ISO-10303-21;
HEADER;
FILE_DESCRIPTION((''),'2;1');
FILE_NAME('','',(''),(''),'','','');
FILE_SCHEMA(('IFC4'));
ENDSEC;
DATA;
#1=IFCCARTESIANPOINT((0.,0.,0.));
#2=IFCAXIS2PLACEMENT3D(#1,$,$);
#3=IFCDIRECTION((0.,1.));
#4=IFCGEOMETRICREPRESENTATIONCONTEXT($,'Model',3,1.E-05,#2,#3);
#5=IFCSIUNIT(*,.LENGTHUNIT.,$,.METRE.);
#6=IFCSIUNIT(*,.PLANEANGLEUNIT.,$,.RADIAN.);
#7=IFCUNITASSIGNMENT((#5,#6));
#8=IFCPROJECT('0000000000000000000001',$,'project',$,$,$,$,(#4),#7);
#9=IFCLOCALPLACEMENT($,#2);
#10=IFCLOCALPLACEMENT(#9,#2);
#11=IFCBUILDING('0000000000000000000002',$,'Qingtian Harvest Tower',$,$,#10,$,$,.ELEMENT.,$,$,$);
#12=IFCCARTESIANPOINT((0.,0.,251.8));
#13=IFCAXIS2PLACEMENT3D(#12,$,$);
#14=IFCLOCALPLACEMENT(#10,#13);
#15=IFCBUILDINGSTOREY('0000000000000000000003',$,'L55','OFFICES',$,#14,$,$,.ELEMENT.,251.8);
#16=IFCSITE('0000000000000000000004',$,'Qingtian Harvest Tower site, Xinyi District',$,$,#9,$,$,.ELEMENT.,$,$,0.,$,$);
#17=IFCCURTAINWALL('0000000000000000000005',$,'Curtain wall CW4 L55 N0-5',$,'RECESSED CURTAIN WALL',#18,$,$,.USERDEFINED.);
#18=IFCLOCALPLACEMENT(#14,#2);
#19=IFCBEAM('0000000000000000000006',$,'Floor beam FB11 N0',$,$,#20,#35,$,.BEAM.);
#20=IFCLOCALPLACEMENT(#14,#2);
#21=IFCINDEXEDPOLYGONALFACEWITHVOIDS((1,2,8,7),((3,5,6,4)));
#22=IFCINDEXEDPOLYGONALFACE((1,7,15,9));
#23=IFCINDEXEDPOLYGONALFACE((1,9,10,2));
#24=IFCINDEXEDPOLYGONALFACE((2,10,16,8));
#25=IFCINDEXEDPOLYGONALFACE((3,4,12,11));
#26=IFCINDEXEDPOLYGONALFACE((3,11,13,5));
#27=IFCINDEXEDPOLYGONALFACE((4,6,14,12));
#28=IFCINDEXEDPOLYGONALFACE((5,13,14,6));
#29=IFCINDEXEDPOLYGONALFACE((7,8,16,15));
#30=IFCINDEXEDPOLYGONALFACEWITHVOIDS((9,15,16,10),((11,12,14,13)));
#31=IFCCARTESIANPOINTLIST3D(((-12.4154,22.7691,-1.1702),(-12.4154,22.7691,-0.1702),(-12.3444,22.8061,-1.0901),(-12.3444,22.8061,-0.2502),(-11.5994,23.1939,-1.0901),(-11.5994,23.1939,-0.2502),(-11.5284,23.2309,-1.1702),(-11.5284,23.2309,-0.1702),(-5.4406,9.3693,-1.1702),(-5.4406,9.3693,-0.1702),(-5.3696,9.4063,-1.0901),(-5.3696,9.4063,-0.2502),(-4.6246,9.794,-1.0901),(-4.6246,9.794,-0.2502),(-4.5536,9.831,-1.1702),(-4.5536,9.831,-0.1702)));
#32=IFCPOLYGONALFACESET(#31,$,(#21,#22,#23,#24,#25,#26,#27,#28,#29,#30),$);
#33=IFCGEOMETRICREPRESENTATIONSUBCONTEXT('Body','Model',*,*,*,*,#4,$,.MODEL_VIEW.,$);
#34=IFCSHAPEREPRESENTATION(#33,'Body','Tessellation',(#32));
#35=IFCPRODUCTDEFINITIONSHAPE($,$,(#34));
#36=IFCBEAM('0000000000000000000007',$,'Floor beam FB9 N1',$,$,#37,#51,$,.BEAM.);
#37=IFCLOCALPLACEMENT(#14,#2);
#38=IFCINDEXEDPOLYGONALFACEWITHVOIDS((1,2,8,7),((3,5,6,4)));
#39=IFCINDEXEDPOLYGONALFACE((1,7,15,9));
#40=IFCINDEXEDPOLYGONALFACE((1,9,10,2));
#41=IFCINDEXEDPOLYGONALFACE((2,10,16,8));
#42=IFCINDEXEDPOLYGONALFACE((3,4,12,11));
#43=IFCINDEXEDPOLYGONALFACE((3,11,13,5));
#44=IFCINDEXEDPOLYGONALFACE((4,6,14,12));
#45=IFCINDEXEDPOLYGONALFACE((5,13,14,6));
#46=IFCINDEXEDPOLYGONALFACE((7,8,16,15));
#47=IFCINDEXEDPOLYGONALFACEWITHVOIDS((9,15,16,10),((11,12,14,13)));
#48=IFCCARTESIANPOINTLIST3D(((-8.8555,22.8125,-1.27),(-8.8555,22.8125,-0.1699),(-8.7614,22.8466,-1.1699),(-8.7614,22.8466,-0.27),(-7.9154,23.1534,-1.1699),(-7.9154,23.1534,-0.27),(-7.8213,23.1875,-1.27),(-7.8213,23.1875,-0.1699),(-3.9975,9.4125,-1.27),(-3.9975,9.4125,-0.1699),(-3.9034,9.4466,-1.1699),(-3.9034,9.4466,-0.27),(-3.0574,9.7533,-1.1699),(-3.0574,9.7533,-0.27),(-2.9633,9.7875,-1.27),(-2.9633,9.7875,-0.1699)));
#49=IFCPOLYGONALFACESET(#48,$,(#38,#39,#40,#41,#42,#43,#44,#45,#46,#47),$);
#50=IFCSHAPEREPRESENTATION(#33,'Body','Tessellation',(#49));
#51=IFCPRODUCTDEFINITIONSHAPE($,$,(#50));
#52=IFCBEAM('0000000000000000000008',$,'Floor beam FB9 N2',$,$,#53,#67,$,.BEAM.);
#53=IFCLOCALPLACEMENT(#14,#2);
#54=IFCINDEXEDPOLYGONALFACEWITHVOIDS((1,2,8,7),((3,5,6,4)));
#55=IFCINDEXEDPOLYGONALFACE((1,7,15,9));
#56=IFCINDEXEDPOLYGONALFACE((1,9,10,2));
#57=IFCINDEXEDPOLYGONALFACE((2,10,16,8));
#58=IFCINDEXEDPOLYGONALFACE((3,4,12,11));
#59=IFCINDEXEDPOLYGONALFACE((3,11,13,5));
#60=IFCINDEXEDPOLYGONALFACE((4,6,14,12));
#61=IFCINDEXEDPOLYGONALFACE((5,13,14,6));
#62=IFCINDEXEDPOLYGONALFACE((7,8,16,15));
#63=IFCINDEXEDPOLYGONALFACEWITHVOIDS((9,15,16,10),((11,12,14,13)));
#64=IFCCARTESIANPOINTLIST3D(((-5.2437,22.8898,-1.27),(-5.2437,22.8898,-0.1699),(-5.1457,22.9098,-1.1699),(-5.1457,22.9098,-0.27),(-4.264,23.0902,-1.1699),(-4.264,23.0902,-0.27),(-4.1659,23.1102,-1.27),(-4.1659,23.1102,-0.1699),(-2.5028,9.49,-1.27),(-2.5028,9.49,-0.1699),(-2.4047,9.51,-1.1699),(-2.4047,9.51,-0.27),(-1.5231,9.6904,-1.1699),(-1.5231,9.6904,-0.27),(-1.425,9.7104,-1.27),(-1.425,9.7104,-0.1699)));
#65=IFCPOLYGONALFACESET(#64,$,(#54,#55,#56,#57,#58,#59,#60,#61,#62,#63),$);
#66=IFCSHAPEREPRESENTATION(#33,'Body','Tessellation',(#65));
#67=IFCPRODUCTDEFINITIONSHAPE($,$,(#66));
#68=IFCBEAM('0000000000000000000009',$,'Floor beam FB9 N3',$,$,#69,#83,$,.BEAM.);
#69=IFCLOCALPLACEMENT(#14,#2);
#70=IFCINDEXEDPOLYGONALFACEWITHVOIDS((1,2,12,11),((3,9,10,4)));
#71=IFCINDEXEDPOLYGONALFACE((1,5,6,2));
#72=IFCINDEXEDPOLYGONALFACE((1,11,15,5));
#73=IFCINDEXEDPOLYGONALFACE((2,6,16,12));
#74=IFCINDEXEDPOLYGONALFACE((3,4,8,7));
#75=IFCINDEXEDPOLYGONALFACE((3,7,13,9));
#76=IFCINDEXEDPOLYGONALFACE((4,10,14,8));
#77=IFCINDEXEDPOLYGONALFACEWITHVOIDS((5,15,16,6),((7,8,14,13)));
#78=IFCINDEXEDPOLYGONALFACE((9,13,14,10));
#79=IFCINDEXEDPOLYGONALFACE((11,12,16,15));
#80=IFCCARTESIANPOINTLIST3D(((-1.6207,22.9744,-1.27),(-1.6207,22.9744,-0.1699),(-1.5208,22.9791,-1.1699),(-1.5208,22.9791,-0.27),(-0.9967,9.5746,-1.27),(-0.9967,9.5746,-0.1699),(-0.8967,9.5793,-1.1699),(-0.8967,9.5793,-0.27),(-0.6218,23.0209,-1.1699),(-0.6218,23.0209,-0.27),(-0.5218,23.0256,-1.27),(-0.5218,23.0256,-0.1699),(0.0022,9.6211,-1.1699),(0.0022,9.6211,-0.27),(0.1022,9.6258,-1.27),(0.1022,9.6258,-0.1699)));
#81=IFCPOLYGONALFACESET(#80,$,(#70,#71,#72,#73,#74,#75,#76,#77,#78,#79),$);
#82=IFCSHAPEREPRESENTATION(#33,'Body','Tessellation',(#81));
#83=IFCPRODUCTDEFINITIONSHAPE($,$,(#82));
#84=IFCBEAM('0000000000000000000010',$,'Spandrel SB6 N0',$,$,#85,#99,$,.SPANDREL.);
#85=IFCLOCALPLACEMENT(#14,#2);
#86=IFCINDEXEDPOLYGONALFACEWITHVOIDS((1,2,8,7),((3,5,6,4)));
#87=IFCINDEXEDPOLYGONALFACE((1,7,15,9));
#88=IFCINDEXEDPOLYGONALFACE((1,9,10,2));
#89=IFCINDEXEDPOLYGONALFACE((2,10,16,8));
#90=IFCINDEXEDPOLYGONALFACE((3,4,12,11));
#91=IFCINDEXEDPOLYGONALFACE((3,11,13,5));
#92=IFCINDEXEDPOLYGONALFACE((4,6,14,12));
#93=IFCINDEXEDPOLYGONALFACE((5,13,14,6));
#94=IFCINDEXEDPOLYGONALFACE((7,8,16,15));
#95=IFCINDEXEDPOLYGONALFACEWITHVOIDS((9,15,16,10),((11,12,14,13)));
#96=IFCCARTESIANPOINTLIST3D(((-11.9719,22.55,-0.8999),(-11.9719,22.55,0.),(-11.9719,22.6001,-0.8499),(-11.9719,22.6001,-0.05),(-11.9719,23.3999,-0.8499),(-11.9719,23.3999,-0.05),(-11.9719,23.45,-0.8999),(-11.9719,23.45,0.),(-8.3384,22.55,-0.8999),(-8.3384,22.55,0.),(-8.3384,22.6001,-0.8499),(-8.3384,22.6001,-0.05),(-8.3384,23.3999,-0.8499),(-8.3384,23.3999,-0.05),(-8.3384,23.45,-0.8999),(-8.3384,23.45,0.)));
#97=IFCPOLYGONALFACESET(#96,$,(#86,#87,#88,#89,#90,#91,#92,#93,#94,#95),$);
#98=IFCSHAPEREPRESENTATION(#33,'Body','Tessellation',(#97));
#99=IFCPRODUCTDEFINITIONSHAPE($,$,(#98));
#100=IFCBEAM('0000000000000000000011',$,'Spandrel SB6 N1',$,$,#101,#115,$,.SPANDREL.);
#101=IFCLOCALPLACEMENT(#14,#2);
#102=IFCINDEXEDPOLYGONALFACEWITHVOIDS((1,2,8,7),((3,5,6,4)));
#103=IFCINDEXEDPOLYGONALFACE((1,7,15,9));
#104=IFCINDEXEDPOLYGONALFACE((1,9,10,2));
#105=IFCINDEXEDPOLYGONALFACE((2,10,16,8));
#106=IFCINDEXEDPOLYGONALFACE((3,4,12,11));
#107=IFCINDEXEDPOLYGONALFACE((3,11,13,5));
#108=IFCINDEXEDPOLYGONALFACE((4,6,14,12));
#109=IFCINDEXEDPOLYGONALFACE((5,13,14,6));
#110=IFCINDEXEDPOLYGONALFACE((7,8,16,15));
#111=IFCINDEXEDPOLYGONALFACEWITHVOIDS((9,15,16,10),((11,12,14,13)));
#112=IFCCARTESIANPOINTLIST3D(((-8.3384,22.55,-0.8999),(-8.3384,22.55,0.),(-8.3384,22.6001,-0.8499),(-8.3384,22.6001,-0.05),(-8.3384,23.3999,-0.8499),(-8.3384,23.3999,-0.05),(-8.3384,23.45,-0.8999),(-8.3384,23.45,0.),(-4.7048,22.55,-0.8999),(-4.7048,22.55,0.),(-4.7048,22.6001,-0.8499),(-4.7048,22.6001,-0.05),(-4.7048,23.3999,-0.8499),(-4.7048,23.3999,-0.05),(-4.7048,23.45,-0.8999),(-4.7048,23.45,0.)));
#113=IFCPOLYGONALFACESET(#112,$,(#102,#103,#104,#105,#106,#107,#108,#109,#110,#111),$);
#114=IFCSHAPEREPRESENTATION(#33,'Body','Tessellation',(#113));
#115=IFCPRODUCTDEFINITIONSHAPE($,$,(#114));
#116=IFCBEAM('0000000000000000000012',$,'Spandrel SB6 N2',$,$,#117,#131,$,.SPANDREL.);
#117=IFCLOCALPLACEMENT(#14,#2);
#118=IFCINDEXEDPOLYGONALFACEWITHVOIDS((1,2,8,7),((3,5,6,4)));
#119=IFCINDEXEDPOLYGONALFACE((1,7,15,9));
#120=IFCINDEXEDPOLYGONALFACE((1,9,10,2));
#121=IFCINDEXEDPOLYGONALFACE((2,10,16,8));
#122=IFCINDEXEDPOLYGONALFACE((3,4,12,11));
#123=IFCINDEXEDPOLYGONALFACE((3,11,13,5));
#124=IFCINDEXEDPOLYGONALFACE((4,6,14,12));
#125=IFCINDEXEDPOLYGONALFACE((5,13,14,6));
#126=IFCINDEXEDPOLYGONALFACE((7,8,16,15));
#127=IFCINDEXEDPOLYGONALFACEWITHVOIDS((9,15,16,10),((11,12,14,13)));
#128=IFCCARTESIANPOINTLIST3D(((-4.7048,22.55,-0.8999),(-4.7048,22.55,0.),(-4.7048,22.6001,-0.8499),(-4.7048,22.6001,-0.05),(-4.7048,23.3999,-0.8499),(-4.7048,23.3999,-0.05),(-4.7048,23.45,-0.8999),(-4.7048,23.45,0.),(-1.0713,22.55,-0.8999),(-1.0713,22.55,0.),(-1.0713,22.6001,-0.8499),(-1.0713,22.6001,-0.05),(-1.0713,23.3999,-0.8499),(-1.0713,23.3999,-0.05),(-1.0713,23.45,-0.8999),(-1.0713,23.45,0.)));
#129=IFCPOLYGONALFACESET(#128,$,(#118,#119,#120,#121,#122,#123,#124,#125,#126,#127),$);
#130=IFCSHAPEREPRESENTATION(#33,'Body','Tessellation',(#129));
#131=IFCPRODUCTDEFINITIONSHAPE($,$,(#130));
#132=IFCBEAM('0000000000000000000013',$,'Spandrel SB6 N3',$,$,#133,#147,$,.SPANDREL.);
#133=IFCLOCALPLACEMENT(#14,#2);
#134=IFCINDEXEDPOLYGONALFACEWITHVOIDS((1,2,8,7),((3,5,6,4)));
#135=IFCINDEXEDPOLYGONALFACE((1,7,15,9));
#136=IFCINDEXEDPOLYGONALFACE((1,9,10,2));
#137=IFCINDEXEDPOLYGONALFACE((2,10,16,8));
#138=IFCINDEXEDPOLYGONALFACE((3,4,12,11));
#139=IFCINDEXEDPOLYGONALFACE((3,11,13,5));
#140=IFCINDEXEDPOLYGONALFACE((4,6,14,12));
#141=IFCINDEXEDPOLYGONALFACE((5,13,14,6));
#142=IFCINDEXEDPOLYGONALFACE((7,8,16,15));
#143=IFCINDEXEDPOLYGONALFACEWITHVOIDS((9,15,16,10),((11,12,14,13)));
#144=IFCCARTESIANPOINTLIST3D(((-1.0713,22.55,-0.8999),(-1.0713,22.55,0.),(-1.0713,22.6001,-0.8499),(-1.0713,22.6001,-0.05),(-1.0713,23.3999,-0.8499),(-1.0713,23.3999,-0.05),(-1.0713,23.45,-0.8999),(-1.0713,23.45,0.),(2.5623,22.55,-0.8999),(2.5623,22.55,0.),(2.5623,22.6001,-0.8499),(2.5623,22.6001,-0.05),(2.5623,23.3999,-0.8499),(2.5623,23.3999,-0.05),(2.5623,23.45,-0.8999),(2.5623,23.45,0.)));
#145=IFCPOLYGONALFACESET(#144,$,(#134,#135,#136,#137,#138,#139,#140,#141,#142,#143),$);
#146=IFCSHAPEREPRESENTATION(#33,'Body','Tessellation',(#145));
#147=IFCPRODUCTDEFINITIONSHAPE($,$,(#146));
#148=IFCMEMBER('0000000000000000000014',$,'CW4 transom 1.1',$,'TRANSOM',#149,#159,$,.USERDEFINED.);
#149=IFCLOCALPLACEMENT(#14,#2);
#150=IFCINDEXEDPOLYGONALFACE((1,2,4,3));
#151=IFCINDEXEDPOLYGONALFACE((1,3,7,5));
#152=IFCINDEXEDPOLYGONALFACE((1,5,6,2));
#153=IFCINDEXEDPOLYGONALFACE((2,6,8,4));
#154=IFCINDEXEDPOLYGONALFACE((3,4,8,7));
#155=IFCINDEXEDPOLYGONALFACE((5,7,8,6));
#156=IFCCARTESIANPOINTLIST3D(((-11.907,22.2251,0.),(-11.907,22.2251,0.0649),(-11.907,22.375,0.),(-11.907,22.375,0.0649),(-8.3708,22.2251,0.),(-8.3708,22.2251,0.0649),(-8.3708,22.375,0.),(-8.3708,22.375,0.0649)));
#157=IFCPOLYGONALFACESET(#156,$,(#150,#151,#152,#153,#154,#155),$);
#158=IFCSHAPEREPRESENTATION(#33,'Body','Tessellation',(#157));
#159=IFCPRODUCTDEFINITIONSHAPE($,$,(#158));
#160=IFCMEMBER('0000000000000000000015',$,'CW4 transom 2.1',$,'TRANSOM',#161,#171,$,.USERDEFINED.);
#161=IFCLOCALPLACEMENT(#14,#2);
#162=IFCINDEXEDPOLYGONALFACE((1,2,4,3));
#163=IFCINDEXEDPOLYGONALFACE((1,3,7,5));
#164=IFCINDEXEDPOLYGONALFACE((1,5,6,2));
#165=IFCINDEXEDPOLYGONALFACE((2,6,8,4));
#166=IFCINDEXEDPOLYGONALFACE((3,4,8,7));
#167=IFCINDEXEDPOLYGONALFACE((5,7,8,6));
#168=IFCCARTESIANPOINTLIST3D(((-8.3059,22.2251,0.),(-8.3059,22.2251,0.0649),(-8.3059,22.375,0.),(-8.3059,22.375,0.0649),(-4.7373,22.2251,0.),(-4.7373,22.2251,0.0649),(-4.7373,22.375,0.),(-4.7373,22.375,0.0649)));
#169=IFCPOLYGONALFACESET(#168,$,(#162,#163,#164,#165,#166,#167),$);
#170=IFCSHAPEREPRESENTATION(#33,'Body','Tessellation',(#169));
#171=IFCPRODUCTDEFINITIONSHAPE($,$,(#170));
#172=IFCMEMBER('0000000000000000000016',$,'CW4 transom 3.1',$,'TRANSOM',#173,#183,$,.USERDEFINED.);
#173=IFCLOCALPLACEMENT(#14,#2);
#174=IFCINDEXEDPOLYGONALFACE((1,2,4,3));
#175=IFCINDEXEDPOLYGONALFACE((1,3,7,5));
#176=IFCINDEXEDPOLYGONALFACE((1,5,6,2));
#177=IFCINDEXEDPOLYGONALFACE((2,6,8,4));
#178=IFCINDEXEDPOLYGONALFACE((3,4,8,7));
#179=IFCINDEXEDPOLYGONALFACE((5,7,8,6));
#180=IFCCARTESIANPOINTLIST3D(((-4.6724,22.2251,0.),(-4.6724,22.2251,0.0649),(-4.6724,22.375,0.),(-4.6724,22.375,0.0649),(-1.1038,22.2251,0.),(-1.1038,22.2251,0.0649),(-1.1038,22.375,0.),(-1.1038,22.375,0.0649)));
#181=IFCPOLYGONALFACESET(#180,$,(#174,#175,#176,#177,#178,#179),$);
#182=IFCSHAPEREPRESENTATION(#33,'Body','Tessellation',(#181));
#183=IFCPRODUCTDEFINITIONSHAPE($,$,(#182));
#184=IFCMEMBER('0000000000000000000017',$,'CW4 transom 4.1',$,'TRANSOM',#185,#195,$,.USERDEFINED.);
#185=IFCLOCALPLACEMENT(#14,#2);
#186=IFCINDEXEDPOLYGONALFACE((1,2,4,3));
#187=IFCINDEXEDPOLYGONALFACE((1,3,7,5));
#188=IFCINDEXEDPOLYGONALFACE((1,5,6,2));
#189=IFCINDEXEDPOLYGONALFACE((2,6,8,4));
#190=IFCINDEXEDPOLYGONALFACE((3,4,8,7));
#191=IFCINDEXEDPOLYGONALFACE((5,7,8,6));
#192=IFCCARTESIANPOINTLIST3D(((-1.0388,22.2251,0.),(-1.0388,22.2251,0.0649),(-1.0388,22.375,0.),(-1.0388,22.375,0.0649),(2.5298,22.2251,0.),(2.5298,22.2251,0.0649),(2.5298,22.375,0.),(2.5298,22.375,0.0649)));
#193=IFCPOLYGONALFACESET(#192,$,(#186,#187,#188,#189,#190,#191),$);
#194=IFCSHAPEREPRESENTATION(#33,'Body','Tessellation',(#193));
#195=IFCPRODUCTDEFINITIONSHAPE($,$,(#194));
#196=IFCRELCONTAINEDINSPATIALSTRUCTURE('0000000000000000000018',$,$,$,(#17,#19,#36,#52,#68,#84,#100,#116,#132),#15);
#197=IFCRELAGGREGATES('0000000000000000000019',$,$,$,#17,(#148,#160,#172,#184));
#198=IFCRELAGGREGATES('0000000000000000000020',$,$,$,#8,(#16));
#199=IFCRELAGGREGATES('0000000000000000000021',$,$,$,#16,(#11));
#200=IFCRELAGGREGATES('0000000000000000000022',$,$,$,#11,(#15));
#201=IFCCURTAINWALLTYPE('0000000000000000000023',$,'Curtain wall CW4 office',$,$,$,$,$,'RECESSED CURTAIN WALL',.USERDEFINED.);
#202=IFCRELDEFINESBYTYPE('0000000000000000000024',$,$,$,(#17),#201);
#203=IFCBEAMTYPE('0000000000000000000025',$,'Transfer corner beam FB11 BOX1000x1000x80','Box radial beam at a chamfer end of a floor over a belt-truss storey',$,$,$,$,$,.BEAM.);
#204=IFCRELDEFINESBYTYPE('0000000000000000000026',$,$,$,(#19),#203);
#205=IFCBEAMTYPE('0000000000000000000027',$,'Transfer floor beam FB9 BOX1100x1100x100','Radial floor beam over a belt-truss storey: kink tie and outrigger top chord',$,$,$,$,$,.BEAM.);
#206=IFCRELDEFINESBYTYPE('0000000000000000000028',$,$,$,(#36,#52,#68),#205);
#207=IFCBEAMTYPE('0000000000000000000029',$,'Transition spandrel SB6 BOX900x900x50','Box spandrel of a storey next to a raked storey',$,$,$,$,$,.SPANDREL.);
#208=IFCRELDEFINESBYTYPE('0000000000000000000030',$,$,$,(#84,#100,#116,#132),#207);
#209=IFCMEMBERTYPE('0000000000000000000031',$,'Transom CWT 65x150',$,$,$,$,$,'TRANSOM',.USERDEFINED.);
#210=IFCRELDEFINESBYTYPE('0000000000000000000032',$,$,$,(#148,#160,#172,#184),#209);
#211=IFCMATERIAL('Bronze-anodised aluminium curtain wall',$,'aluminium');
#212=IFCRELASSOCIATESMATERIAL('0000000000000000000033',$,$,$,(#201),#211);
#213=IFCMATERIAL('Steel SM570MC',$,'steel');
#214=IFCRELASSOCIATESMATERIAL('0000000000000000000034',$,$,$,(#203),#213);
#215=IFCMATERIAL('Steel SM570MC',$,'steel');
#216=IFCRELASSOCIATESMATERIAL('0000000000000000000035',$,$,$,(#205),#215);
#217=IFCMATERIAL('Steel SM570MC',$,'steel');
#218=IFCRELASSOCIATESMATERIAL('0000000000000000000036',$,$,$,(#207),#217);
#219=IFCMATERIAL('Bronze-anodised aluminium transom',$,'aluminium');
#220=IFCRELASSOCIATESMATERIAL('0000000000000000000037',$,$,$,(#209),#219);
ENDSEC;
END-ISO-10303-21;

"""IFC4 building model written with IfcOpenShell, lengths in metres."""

from ifc_helpers import new_model, si_unit, direction, frame, origin, origin_2d, place, context, subcontext, project, spatial, rectangle, hollow_rectangle, extrude, material, material_profile, profile_set, type_object, element, aggregate, save


model = new_model("IFC4")

# Units and contexts
model_context = context("Model", 3, precision=1e-05, world=origin(), true_north=direction((0.0, 1.0)))
body_context = subcontext(model_context, "Body", "Model", "MODEL_VIEW")
ifc_project = project(units=[si_unit("LENGTHUNIT", "METRE"), si_unit("PLANEANGLEUNIT", "RADIAN")], contexts=[model_context])

# Site, building, storey
site_placement = place(None, origin())
site = spatial("IfcSite", under=ifc_project, at=site_placement, Name="Qingtian Harvest Tower site, Xinyi District", CompositionType="ELEMENT", RefElevation=0.0)
building_placement = place(site_placement, origin())
building = spatial("IfcBuilding", under=site, at=building_placement, Name="Qingtian Harvest Tower", CompositionType="ELEMENT")
storey_placement = place(building_placement, frame((0.0, 0.0, 251.8)))
storey = spatial("IfcBuildingStorey", under=building, at=storey_placement, Name="L55", Description="OFFICES", CompositionType="ELEMENT", Elevation=251.8)

# Curtain wall
ifc_material_1 = material(Name="Bronze-anodised aluminium curtain wall", Category="aluminium")
curtain_wall_type = type_object("IfcCurtainWallType", Name="Curtain wall CW4 office", ElementType="RECESSED CURTAIN WALL", PredefinedType="USERDEFINED", material=ifc_material_1)
curtain_wall_1_placement = place(storey_placement, origin())
curtain_wall_1 = element("IfcCurtainWall", 1, at=curtain_wall_1_placement, inside=storey, type_object=curtain_wall_type, Name="Curtain wall CW4 L55 N0-5", ObjectType="RECESSED CURTAIN WALL", PredefinedType="USERDEFINED")

# Beams
ifc_material_2 = material(Name="Steel SM570MC", Category="steel")
ifc_material_profile_1 = material_profile(ifc_material_2, hollow_rectangle(XDim=1.0, YDim=1.0, WallThickness=0.0801, at=origin_2d()), Name="BOX1000x1000x80")
ifc_profile_set_1 = profile_set([ifc_material_profile_1], Name="Steel SM570MC")
beam_type_1 = type_object("IfcBeamType", Name="Transfer corner beam FB11 BOX1000x1000x80", Description="Box radial beam at a chamfer end of a floor over a belt-truss storey", PredefinedType="BEAM", material=ifc_profile_set_1)
beam_1_placement = place(storey_placement, frame((-11.9719, 23.0, -0.6702), z_axis=(0.461712, -0.88703, 0.0), x_axis=(0.88703, 0.461712, 0.0)))
element("IfcBeam", 2, at=beam_1_placement, inside=storey, type_object=beam_type_1, Name="Floor beam FB11 N0", PredefinedType="BEAM", context=body_context, shape_type="SweptSolid", body=[
    extrude(hollow_rectangle(XDim=1.0, YDim=1.0, WallThickness=0.0801, at=origin_2d()), origin(), (0.0, 0.0, 1.0), 15.1064),
])
ifc_material_3 = material(Name="Steel SM570MC", Category="steel")
ifc_material_profile_2 = material_profile(ifc_material_3, hollow_rectangle(XDim=1.1001, YDim=1.1001, WallThickness=0.1001, at=origin_2d()), Name="BOX1100x1100x100")
ifc_profile_set_2 = profile_set([ifc_material_profile_2], Name="Steel SM570MC")
beam_type_2 = type_object("IfcBeamType", Name="Transfer floor beam FB9 BOX1100x1100x100", Description="Radial floor beam over a belt-truss storey: kink tie and outrigger top chord", PredefinedType="BEAM", material=ifc_profile_set_2)
beam_2_placement = place(storey_placement, frame((-8.3384, 23.0, -0.72), z_axis=(0.340827, -0.940126, 0.0), x_axis=(0.940126, 0.340827, 0.0)))
element("IfcBeam", 3, at=beam_2_placement, inside=storey, type_object=beam_type_2, Name="Floor beam FB9 N1", PredefinedType="BEAM", context=body_context, shape_type="SweptSolid", body=[
    extrude(hollow_rectangle(XDim=1.1001, YDim=1.1001, WallThickness=0.1001, at=origin_2d()), origin(), (0.0, 0.0, 1.0), 14.2534),
])
beam_3_placement = place(storey_placement, frame((-4.7048, 23.0, -0.72), z_axis=(0.200402, -0.979714, 0.0), x_axis=(0.979714, 0.200402, 0.0)))
element("IfcBeam", 4, at=beam_3_placement, inside=storey, type_object=beam_type_2, Name="Floor beam FB9 N2", PredefinedType="BEAM", context=body_context, shape_type="SweptSolid", body=[
    extrude(hollow_rectangle(XDim=1.1001, YDim=1.1001, WallThickness=0.1001, at=origin_2d()), origin(), (0.0, 0.0, 1.0), 13.6772),
])
beam_4_placement = place(storey_placement, frame((-1.0713, 23.0, -0.72), z_axis=(0.046519, -0.998917, 0.0), x_axis=(0.998917, 0.046519, 0.0)))
element("IfcBeam", 5, at=beam_4_placement, inside=storey, type_object=beam_type_2, Name="Floor beam FB9 N3", PredefinedType="BEAM", context=body_context, shape_type="SweptSolid", body=[
    extrude(hollow_rectangle(XDim=1.1001, YDim=1.1001, WallThickness=0.1001, at=origin_2d()), origin(), (0.0, 0.0, 1.0), 13.4143),
])
ifc_material_4 = material(Name="Steel SM570MC", Category="steel")
ifc_material_profile_3 = material_profile(ifc_material_4, hollow_rectangle(XDim=0.8999, YDim=0.8999, WallThickness=0.05, at=origin_2d()), Name="BOX900x900x50")
ifc_profile_set_3 = profile_set([ifc_material_profile_3], Name="Steel SM570MC")
beam_type_3 = type_object("IfcBeamType", Name="Transition spandrel SB6 BOX900x900x50", Description="Box spandrel of a storey next to a raked storey", PredefinedType="SPANDREL", material=ifc_profile_set_3)
for number, where, z_axis, x_axis, name in (
    (6, (-11.9719, 23.0, -0.45), (1.0, 0.0, 0.0), (0.0, 1.0, 0.0), "Spandrel SB6 N0"),
    (7, (-8.3384, 23.0, -0.45), (1.0, 0.0, 0.0), (0.0, 1.0, 0.0), "Spandrel SB6 N1"),
    (8, (-4.7048, 23.0, -0.45), (1.0, 0.0, 0.0), (0.0, 1.0, 0.0), "Spandrel SB6 N2"),
    (9, (-1.0713, 23.0, -0.45), (1.0, 0.0, 0.0), (0.0, 1.0, 0.0), "Spandrel SB6 N3"),
):
    element("IfcBeam", number, at=place(storey_placement, frame(where, z_axis=z_axis, x_axis=x_axis)), inside=storey, type_object=beam_type_3, Name=name, PredefinedType="SPANDREL", context=body_context, shape_type="SweptSolid", body=[
        extrude(hollow_rectangle(XDim=0.8999, YDim=0.8999, WallThickness=0.05, at=origin_2d()), origin(), (0.0, 0.0, 1.0), 3.6335),
    ])

# Members
ifc_material_5 = material(Name="Bronze-anodised aluminium transom", Category="aluminium")
ifc_material_profile_4 = material_profile(ifc_material_5, rectangle(XDim=0.1499, YDim=0.0649, at=origin_2d()), Name="AL 65x150")
ifc_profile_set_4 = profile_set([ifc_material_profile_4], Name="Bronze-anodised aluminium transom")
member_type_1 = type_object("IfcMemberType", Name="Transom CWT 65x150", ElementType="TRANSOM", PredefinedType="USERDEFINED", material=ifc_profile_set_4)
member_1_placement = place(storey_placement, frame((-11.907, 22.3, 0.0325), z_axis=(1.0, 0.0, 0.0), x_axis=(0.0, 1.0, 0.0)))
member_1 = element("IfcMember", 10, at=member_1_placement, type_object=member_type_1, Name="CW4 transom 1.1", ObjectType="TRANSOM", PredefinedType="USERDEFINED", context=body_context, shape_type="SweptSolid", body=[
    extrude(rectangle(XDim=0.1499, YDim=0.0649, at=origin_2d()), origin(), (0.0, 0.0, 1.0), 3.5361),
])
member_2_placement = place(storey_placement, frame((-8.3059, 22.3, 0.0325), z_axis=(1.0, 0.0, 0.0), x_axis=(0.0, 1.0, 0.0)))
member_2 = element("IfcMember", 11, at=member_2_placement, type_object=member_type_1, Name="CW4 transom 2.1", ObjectType="TRANSOM", PredefinedType="USERDEFINED", context=body_context, shape_type="SweptSolid", body=[
    extrude(rectangle(XDim=0.1499, YDim=0.0649, at=origin_2d()), origin(), (0.0, 0.0, 1.0), 3.5686),
])
member_3_placement = place(storey_placement, frame((-4.6724, 22.3, 0.0325), z_axis=(1.0, 0.0, 0.0), x_axis=(0.0, 1.0, 0.0)))
member_3 = element("IfcMember", 12, at=member_3_placement, type_object=member_type_1, Name="CW4 transom 3.1", ObjectType="TRANSOM", PredefinedType="USERDEFINED", context=body_context, shape_type="SweptSolid", body=[
    extrude(rectangle(XDim=0.1499, YDim=0.0649, at=origin_2d()), origin(), (0.0, 0.0, 1.0), 3.5686),
])
member_4_placement = place(storey_placement, frame((-1.0388, 22.3, 0.0325), z_axis=(1.0, 0.0, 0.0), x_axis=(0.0, 1.0, 0.0)))
member_4 = element("IfcMember", 13, at=member_4_placement, type_object=member_type_1, Name="CW4 transom 4.1", ObjectType="TRANSOM", PredefinedType="USERDEFINED", context=body_context, shape_type="SweptSolid", body=[
    extrude(rectangle(XDim=0.1499, YDim=0.0649, at=origin_2d()), origin(), (0.0, 0.0, 1.0), 3.5686),
])

aggregate(curtain_wall_1, [member_1, member_2, member_3, member_4])

save(model, "model.ifc")
